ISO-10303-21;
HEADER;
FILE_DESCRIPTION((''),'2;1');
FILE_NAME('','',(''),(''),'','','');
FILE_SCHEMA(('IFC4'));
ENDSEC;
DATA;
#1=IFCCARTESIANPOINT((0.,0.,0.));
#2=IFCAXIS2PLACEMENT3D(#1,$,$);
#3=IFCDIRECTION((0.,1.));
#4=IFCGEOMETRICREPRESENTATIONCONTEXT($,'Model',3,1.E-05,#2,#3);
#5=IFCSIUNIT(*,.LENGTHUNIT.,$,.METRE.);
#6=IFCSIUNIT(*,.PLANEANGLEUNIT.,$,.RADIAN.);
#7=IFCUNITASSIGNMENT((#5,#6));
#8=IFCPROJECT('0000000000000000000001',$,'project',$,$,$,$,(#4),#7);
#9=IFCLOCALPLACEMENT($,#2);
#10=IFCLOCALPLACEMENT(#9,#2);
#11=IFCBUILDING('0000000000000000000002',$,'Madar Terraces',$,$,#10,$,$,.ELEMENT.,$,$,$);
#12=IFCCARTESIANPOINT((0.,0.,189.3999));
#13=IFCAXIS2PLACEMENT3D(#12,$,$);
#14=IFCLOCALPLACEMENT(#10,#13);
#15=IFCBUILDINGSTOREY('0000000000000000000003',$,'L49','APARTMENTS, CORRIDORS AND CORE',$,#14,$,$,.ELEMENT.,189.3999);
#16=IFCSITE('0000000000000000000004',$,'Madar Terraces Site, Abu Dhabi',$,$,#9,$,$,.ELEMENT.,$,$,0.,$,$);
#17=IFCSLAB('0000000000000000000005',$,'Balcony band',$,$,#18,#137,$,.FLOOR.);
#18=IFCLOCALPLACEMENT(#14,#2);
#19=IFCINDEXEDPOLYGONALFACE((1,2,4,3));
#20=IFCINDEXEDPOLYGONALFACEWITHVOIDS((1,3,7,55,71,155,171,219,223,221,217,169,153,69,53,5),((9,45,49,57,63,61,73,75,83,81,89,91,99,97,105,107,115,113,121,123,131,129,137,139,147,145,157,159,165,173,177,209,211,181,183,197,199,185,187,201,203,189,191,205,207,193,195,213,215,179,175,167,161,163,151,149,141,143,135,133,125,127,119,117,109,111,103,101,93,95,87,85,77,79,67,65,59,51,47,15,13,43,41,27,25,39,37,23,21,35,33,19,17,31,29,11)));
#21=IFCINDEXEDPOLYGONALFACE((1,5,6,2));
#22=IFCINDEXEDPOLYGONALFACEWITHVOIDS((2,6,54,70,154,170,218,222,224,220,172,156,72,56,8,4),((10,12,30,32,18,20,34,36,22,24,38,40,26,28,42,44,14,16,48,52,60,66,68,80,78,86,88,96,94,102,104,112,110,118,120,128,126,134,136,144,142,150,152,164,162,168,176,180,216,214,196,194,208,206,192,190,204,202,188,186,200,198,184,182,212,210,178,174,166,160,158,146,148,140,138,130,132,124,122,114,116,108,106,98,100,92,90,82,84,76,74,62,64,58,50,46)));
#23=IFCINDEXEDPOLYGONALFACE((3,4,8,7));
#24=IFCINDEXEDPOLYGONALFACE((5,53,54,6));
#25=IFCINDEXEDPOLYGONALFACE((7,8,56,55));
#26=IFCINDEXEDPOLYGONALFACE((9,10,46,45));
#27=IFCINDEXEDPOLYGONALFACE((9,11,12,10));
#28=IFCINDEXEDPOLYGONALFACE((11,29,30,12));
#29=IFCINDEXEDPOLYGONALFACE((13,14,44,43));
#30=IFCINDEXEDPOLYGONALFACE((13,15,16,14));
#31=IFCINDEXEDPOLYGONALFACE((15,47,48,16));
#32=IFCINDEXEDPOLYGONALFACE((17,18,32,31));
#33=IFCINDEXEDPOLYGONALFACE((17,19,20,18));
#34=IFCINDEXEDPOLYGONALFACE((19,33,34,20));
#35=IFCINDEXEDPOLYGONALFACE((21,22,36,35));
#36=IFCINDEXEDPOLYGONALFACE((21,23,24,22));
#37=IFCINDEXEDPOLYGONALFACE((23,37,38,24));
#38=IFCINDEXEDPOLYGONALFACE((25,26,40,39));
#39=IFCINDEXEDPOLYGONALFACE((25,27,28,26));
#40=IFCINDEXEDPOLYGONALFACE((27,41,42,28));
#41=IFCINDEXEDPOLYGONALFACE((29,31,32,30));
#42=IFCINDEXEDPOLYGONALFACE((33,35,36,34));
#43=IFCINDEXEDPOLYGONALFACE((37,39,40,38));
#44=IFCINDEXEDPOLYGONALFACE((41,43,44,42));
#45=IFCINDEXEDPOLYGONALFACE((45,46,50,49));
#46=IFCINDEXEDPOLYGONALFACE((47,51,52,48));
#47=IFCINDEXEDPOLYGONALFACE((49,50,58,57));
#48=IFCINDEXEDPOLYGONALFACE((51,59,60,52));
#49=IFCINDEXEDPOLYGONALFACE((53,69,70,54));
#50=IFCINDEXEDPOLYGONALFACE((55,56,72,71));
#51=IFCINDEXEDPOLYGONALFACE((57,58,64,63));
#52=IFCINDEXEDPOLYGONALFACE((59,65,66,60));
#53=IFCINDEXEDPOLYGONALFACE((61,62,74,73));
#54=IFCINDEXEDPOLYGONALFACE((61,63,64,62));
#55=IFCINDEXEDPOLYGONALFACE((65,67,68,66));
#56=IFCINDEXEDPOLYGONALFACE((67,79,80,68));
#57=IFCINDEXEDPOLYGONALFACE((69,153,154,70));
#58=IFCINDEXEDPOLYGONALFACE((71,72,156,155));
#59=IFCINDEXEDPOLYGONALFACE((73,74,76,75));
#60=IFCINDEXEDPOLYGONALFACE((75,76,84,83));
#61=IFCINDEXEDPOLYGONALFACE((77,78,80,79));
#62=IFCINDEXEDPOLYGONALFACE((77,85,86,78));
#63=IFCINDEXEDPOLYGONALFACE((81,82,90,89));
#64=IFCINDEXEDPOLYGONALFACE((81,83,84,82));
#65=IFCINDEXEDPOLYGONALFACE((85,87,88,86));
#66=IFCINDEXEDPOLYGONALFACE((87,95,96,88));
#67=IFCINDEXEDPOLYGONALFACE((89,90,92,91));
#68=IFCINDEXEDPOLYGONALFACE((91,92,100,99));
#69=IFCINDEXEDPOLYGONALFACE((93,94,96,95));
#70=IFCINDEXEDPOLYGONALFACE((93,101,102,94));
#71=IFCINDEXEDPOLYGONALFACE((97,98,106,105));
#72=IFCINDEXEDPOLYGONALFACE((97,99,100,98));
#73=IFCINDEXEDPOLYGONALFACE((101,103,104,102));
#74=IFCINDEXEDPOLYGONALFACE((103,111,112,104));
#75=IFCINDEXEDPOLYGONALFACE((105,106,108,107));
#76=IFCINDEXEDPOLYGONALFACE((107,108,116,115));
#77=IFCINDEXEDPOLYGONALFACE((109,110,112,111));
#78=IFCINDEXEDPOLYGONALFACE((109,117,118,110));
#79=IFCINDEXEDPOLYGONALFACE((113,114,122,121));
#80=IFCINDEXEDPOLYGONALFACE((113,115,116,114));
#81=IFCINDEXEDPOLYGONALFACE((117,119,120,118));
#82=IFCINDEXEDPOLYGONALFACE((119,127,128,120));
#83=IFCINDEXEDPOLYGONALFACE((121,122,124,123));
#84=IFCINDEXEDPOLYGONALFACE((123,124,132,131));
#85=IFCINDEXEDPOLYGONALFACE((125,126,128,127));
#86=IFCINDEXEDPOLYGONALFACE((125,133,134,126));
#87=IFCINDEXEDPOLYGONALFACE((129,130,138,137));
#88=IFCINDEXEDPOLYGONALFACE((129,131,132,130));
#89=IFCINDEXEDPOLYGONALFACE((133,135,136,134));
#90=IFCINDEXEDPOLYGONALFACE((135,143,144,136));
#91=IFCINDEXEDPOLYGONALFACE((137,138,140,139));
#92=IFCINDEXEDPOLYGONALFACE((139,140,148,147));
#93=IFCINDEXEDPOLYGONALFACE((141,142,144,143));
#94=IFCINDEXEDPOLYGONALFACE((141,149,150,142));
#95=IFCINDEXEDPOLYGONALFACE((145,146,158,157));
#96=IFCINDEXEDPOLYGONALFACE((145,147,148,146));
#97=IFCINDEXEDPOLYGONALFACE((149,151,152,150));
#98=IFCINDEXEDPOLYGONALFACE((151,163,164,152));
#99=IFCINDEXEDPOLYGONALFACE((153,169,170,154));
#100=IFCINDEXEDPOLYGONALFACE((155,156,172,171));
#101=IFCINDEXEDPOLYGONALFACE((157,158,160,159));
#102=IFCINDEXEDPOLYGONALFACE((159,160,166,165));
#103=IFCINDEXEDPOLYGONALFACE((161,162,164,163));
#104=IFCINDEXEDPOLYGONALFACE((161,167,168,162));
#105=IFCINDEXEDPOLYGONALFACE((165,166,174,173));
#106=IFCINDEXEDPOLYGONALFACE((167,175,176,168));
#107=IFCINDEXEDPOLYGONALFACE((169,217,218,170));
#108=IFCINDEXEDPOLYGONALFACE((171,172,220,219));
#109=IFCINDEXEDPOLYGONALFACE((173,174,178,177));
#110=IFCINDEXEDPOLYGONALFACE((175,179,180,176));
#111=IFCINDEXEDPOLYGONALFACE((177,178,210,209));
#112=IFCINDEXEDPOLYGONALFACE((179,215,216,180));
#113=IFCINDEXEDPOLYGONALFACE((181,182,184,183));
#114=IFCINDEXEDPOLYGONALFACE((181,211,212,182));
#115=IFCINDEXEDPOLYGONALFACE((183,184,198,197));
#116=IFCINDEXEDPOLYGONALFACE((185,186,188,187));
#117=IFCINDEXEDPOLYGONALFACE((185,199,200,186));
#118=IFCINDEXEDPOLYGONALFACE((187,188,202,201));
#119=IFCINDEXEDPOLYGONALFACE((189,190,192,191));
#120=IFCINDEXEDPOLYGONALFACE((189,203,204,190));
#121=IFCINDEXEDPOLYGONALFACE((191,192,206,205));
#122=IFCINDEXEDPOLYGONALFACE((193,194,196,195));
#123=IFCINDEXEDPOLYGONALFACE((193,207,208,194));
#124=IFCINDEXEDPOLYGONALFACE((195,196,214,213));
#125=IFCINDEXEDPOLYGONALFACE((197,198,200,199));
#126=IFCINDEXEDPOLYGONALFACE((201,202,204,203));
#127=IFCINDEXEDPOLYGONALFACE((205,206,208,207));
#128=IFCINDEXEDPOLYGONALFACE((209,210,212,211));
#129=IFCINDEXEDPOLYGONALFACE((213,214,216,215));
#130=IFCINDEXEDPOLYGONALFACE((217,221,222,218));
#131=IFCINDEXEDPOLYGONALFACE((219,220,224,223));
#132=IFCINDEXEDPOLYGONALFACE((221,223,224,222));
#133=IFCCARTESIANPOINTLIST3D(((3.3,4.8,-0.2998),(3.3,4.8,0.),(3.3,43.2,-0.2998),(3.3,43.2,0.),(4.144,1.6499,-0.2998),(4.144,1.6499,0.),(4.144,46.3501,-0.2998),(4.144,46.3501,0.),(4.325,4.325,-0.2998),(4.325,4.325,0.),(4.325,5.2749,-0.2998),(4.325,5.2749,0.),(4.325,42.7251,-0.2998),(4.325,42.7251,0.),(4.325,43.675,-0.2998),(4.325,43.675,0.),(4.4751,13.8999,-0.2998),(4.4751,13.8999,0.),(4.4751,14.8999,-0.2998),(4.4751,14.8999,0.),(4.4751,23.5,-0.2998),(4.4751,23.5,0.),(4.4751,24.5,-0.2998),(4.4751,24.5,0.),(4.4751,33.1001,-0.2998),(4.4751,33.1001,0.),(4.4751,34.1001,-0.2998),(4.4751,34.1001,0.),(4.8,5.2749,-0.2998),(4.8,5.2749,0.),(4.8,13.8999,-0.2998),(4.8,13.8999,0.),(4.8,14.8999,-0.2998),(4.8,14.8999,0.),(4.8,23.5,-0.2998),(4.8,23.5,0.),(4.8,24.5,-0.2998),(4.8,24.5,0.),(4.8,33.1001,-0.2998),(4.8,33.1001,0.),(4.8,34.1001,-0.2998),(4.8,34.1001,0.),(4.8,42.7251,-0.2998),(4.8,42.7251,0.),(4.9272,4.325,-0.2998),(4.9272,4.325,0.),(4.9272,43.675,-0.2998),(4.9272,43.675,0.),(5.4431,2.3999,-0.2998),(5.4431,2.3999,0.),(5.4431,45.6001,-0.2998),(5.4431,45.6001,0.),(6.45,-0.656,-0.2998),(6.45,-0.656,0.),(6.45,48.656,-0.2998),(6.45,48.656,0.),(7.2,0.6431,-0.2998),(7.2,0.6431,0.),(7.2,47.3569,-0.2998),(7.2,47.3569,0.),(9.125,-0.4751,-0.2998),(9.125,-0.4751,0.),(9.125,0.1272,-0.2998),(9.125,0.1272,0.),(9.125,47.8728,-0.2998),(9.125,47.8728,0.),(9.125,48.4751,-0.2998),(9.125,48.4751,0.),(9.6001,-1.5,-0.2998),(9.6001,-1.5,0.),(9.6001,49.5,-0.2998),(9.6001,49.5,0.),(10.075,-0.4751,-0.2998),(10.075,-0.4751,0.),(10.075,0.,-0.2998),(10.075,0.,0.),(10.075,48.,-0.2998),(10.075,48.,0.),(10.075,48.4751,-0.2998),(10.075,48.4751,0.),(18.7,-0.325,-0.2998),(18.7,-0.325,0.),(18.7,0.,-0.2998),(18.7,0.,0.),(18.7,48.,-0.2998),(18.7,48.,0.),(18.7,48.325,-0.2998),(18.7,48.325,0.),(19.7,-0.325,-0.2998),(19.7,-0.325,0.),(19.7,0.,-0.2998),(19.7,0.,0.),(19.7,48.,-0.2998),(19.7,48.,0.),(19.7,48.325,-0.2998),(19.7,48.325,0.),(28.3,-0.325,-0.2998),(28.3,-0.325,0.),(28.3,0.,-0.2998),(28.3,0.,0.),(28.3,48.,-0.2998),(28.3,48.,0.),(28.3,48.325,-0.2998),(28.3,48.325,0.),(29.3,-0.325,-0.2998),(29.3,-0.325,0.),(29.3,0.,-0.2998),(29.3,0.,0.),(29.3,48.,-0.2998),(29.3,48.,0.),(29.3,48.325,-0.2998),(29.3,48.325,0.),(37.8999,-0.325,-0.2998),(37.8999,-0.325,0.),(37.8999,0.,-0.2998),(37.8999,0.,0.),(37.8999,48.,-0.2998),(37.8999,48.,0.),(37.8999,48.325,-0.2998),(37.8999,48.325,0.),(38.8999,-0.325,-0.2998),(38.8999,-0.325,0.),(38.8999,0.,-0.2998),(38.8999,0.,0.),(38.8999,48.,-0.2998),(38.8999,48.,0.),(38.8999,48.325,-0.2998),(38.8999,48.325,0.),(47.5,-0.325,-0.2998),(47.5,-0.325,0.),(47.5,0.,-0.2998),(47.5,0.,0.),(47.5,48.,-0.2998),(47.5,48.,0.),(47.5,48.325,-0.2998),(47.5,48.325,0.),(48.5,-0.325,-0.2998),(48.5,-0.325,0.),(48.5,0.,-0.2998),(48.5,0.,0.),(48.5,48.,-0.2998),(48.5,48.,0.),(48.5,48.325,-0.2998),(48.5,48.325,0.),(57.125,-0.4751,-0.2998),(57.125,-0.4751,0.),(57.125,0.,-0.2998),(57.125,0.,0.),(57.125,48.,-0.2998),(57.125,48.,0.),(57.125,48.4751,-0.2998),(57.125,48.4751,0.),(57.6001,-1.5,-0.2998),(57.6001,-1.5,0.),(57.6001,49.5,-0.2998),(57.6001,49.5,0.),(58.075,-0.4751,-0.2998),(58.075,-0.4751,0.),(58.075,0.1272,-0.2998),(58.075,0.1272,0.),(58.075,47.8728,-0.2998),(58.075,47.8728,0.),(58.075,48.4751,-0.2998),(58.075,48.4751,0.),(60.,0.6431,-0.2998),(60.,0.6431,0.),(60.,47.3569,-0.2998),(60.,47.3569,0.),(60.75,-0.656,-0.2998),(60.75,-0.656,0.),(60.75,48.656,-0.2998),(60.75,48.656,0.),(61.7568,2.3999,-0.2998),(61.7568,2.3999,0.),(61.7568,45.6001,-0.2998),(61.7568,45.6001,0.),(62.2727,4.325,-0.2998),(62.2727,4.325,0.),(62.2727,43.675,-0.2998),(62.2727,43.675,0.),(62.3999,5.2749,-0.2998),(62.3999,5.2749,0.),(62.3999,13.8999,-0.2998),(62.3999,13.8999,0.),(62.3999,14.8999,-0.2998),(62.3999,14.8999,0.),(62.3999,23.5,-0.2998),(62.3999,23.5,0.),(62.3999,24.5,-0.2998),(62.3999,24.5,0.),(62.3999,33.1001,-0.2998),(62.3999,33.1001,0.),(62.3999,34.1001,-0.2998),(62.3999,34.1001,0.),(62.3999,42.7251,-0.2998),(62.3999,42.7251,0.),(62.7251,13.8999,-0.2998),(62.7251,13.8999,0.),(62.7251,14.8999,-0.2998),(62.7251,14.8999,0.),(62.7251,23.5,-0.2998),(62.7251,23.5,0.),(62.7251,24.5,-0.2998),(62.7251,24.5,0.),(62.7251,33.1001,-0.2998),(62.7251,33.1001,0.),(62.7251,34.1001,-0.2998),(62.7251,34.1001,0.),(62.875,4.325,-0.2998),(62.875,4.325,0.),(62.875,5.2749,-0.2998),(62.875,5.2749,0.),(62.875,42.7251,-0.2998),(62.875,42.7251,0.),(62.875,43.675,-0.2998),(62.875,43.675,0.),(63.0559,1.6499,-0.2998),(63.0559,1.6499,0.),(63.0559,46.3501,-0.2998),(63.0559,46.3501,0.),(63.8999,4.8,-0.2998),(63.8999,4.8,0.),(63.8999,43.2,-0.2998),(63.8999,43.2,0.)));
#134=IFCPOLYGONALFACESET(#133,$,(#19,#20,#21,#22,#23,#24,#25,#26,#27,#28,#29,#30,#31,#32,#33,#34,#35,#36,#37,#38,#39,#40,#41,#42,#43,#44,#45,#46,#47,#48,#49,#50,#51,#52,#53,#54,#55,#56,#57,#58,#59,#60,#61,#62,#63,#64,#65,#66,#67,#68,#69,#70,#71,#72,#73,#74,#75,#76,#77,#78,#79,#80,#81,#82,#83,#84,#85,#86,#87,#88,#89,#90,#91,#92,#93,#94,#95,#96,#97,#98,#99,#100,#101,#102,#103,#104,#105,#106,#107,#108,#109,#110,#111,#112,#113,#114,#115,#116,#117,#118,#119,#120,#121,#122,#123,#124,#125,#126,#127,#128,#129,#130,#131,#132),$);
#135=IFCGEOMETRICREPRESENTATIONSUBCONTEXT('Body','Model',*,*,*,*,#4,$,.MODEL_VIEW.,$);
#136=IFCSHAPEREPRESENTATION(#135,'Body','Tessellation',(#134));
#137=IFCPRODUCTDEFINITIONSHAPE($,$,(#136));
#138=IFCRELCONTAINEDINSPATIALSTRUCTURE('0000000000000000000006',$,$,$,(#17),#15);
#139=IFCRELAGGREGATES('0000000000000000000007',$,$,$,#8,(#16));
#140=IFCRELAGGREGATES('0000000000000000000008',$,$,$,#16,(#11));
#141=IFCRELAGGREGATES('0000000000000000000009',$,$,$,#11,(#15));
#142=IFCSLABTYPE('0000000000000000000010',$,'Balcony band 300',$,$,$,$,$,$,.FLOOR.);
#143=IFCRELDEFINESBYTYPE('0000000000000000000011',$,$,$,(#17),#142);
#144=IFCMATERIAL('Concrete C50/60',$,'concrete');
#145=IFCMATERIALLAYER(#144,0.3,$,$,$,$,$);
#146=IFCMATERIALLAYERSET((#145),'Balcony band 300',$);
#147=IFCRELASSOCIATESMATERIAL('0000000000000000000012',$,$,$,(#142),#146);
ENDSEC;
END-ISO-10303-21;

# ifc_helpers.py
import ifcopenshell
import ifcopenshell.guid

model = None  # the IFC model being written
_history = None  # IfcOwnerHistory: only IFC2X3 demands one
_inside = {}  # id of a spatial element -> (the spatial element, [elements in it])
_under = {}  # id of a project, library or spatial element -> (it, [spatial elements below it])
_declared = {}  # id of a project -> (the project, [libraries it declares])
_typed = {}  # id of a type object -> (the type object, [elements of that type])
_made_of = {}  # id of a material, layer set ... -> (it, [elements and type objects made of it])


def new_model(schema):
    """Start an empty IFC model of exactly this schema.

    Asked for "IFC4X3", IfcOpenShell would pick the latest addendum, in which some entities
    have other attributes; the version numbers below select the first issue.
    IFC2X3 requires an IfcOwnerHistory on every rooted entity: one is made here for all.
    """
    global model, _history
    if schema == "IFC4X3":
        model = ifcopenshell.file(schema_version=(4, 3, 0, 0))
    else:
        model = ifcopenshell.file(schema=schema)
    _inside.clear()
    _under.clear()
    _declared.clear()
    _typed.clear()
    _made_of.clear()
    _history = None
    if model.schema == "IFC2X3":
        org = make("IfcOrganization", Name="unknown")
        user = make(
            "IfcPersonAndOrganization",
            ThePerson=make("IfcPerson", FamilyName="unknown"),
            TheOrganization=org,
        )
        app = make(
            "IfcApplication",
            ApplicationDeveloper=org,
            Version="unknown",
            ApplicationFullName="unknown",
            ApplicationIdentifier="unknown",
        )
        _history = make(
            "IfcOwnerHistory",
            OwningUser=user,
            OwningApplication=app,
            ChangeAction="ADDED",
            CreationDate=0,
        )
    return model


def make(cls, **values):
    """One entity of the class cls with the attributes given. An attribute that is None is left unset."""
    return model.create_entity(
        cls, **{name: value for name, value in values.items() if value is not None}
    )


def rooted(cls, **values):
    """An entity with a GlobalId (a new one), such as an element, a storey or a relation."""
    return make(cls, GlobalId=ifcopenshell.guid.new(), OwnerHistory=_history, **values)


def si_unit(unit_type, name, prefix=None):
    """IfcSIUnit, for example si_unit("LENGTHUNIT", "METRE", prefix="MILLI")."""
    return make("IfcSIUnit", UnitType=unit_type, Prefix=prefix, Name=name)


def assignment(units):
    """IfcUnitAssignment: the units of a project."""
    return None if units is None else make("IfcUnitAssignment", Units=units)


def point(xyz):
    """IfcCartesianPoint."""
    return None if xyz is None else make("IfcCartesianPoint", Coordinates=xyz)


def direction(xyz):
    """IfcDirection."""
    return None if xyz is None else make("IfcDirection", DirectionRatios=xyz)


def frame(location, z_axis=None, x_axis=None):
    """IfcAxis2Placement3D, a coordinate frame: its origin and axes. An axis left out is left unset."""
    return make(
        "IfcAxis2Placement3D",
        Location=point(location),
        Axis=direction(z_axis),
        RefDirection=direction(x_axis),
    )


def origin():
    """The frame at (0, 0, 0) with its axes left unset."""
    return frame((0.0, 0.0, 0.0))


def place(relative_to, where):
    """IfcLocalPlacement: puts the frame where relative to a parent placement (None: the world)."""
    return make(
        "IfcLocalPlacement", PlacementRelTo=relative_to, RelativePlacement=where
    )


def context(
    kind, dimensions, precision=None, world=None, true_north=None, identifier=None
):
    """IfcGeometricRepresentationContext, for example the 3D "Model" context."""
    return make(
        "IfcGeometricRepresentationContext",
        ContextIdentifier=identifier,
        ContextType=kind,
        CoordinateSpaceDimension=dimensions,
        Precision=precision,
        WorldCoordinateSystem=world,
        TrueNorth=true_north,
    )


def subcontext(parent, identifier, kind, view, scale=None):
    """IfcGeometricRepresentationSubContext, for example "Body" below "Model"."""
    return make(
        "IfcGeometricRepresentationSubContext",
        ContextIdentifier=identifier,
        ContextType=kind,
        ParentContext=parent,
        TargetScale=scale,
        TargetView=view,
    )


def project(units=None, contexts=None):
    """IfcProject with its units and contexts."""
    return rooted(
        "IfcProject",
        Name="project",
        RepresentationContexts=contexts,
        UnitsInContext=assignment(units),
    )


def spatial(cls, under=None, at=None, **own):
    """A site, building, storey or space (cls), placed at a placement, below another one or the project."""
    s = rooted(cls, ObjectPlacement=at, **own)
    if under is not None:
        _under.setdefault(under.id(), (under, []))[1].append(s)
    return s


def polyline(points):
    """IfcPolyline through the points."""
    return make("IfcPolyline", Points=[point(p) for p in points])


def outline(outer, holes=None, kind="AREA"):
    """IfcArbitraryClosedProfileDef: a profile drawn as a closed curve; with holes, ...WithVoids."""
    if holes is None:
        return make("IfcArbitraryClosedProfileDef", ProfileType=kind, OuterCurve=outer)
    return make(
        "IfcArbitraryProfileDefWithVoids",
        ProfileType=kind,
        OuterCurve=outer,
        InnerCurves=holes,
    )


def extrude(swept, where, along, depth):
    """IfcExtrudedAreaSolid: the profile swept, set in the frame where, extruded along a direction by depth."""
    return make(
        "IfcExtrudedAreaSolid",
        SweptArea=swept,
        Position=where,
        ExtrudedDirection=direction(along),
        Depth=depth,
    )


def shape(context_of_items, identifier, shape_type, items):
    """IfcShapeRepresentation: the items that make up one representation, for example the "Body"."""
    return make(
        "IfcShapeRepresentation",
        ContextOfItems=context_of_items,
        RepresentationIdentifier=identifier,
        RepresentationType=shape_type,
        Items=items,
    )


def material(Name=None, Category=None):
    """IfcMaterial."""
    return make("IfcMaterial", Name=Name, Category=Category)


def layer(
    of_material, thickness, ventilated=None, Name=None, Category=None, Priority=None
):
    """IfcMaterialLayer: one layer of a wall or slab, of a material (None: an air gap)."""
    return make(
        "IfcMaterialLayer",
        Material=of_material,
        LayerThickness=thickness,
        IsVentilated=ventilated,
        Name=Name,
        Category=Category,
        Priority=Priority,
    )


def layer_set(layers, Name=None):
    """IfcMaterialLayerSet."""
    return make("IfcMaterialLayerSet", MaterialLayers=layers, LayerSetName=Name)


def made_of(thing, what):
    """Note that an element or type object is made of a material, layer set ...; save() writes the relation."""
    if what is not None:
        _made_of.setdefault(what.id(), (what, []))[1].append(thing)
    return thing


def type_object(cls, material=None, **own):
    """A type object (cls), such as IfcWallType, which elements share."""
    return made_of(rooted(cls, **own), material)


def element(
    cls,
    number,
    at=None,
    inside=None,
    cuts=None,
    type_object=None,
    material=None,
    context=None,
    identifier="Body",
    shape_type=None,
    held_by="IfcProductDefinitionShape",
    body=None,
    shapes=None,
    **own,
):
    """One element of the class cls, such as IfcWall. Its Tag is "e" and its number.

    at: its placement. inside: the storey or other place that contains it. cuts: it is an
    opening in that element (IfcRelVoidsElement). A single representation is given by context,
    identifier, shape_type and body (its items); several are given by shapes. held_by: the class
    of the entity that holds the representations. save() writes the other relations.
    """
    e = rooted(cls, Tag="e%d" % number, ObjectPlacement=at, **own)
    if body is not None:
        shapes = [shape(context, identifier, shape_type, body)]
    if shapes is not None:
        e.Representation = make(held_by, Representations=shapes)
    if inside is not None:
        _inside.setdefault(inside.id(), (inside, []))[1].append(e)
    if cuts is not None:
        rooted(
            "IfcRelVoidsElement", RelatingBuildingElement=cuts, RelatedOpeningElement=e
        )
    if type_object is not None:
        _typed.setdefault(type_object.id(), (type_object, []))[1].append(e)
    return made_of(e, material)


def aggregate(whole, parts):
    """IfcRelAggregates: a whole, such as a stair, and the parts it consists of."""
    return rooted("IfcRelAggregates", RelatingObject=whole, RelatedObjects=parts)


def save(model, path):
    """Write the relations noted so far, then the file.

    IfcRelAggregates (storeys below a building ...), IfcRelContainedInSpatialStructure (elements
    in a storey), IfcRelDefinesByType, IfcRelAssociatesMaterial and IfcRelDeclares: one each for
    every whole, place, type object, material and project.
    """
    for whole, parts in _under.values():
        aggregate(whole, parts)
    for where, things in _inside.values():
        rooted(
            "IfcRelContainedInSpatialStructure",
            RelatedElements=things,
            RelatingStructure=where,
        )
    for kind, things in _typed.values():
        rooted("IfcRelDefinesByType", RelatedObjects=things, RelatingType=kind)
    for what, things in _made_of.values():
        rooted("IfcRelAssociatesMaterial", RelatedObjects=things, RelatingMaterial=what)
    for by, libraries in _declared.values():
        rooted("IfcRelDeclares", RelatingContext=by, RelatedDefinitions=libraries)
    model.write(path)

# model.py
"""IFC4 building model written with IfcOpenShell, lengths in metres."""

from ifc_helpers import new_model, si_unit, direction, frame, origin, place, context, subcontext, project, spatial, polyline, outline, extrude, material, layer, layer_set, type_object, element, save


model = new_model("IFC4")

# Units and contexts
model_context = context("Model", 3, precision=1e-05, world=origin(), true_north=direction((0.0, 1.0)))
body_context = subcontext(model_context, "Body", "Model", "MODEL_VIEW")
ifc_project = project(units=[si_unit("LENGTHUNIT", "METRE"), si_unit("PLANEANGLEUNIT", "RADIAN")], contexts=[model_context])

# Site, building, storey
site_placement = place(None, origin())
site = spatial("IfcSite", under=ifc_project, at=site_placement, Name="Madar Terraces Site, Abu Dhabi", CompositionType="ELEMENT", RefElevation=0.0)
building_placement = place(site_placement, origin())
building = spatial("IfcBuilding", under=site, at=building_placement, Name="Madar Terraces", CompositionType="ELEMENT")
storey_placement = place(building_placement, frame((0.0, 0.0, 189.3999)))
storey = spatial("IfcBuildingStorey", under=building, at=storey_placement, Name="L49", Description="APARTMENTS, CORRIDORS AND CORE", CompositionType="ELEMENT", Elevation=189.3999)

# Slab
ifc_material_1 = material(Name="Concrete C50/60", Category="concrete")
ifc_layer_1 = layer(ifc_material_1, 0.3)
ifc_layer_set_1 = layer_set([ifc_layer_1], Name="Balcony band 300")
slab_type_1 = type_object("IfcSlabType", Name="Balcony band 300", PredefinedType="FLOOR", material=ifc_layer_set_1)
slab_1_placement = place(storey_placement, frame((0.0, 0.0, -0.2998)))
element("IfcSlab", 1, at=slab_1_placement, inside=storey, type_object=slab_type_1, Name="Balcony band", PredefinedType="FLOOR", context=body_context, shape_type="SweptSolid", body=[
    extrude(outline(polyline([(9.6001, -1.5), (6.45, -0.656), (4.144, 1.6499), (3.3, 4.8), (3.3, 43.2), (4.144, 46.3501), (6.45, 48.656), (9.6001, 49.5), (57.6001, 49.5), (60.75, 48.656), (63.0559, 46.3501), (63.8999, 43.2), (63.8999, 4.8), (63.0559, 1.6499), (60.75, -0.656), (57.6001, -1.5), (9.6001, -1.5)]), holes=[polyline([(10.075, -0.4751), (10.075, 0.0), (18.7, 0.0), (18.7, -0.325), (19.7, -0.325), (19.7, 0.0), (28.3, 0.0), (28.3, -0.325), (29.3, -0.325), (29.3, 0.0), (37.8999, 0.0), (37.8999, -0.325), (38.8999, -0.325), (38.8999, 0.0), (47.5, 0.0), (47.5, -0.325), (48.5, -0.325), (48.5, 0.0), (57.125, 0.0), (57.125, -0.4751), (58.075, -0.4751), (58.075, 0.1272), (60.0, 0.6431), (61.7568, 2.3999), (62.2727, 4.325), (62.875, 4.325), (62.875, 5.2749), (62.3999, 5.2749), (62.3999, 13.8999), (62.7251, 13.8999), (62.7251, 14.8999), (62.3999, 14.8999), (62.3999, 23.5), (62.7251, 23.5), (62.7251, 24.5), (62.3999, 24.5), (62.3999, 33.1001), (62.7251, 33.1001), (62.7251, 34.1001), (62.3999, 34.1001), (62.3999, 42.7251), (62.875, 42.7251), (62.875, 43.675), (62.2727, 43.675), (61.7568, 45.6001), (60.0, 47.3569), (58.075, 47.8728), (58.075, 48.4751), (57.125, 48.4751), (57.125, 48.0), (48.5, 48.0), (48.5, 48.325), (47.5, 48.325), (47.5, 48.0), (38.8999, 48.0), (38.8999, 48.325), (37.8999, 48.325), (37.8999, 48.0), (29.3, 48.0), (29.3, 48.325), (28.3, 48.325), (28.3, 48.0), (19.7, 48.0), (19.7, 48.325), (18.7, 48.325), (18.7, 48.0), (10.075, 48.0), (10.075, 48.4751), (9.125, 48.4751), (9.125, 47.8728), (7.2, 47.3569), (5.4431, 45.6001), (4.9272, 43.675), (4.325, 43.675), (4.325, 42.7251), (4.8, 42.7251), (4.8, 34.1001), (4.4751, 34.1001), (4.4751, 33.1001), (4.8, 33.1001), (4.8, 24.5), (4.4751, 24.5), (4.4751, 23.5), (4.8, 23.5), (4.8, 14.8999), (4.4751, 14.8999), (4.4751, 13.8999), (4.8, 13.8999), (4.8, 5.2749), (4.325, 5.2749), (4.325, 4.325), (4.9272, 4.325), (5.4431, 2.3999), (7.2, 0.6431), (9.125, 0.1272), (9.125, -0.4751), (10.075, -0.4751)])]), origin(), (0.0, 0.0, 1.0), 0.2998),
])

save(model, "model.ifc")
